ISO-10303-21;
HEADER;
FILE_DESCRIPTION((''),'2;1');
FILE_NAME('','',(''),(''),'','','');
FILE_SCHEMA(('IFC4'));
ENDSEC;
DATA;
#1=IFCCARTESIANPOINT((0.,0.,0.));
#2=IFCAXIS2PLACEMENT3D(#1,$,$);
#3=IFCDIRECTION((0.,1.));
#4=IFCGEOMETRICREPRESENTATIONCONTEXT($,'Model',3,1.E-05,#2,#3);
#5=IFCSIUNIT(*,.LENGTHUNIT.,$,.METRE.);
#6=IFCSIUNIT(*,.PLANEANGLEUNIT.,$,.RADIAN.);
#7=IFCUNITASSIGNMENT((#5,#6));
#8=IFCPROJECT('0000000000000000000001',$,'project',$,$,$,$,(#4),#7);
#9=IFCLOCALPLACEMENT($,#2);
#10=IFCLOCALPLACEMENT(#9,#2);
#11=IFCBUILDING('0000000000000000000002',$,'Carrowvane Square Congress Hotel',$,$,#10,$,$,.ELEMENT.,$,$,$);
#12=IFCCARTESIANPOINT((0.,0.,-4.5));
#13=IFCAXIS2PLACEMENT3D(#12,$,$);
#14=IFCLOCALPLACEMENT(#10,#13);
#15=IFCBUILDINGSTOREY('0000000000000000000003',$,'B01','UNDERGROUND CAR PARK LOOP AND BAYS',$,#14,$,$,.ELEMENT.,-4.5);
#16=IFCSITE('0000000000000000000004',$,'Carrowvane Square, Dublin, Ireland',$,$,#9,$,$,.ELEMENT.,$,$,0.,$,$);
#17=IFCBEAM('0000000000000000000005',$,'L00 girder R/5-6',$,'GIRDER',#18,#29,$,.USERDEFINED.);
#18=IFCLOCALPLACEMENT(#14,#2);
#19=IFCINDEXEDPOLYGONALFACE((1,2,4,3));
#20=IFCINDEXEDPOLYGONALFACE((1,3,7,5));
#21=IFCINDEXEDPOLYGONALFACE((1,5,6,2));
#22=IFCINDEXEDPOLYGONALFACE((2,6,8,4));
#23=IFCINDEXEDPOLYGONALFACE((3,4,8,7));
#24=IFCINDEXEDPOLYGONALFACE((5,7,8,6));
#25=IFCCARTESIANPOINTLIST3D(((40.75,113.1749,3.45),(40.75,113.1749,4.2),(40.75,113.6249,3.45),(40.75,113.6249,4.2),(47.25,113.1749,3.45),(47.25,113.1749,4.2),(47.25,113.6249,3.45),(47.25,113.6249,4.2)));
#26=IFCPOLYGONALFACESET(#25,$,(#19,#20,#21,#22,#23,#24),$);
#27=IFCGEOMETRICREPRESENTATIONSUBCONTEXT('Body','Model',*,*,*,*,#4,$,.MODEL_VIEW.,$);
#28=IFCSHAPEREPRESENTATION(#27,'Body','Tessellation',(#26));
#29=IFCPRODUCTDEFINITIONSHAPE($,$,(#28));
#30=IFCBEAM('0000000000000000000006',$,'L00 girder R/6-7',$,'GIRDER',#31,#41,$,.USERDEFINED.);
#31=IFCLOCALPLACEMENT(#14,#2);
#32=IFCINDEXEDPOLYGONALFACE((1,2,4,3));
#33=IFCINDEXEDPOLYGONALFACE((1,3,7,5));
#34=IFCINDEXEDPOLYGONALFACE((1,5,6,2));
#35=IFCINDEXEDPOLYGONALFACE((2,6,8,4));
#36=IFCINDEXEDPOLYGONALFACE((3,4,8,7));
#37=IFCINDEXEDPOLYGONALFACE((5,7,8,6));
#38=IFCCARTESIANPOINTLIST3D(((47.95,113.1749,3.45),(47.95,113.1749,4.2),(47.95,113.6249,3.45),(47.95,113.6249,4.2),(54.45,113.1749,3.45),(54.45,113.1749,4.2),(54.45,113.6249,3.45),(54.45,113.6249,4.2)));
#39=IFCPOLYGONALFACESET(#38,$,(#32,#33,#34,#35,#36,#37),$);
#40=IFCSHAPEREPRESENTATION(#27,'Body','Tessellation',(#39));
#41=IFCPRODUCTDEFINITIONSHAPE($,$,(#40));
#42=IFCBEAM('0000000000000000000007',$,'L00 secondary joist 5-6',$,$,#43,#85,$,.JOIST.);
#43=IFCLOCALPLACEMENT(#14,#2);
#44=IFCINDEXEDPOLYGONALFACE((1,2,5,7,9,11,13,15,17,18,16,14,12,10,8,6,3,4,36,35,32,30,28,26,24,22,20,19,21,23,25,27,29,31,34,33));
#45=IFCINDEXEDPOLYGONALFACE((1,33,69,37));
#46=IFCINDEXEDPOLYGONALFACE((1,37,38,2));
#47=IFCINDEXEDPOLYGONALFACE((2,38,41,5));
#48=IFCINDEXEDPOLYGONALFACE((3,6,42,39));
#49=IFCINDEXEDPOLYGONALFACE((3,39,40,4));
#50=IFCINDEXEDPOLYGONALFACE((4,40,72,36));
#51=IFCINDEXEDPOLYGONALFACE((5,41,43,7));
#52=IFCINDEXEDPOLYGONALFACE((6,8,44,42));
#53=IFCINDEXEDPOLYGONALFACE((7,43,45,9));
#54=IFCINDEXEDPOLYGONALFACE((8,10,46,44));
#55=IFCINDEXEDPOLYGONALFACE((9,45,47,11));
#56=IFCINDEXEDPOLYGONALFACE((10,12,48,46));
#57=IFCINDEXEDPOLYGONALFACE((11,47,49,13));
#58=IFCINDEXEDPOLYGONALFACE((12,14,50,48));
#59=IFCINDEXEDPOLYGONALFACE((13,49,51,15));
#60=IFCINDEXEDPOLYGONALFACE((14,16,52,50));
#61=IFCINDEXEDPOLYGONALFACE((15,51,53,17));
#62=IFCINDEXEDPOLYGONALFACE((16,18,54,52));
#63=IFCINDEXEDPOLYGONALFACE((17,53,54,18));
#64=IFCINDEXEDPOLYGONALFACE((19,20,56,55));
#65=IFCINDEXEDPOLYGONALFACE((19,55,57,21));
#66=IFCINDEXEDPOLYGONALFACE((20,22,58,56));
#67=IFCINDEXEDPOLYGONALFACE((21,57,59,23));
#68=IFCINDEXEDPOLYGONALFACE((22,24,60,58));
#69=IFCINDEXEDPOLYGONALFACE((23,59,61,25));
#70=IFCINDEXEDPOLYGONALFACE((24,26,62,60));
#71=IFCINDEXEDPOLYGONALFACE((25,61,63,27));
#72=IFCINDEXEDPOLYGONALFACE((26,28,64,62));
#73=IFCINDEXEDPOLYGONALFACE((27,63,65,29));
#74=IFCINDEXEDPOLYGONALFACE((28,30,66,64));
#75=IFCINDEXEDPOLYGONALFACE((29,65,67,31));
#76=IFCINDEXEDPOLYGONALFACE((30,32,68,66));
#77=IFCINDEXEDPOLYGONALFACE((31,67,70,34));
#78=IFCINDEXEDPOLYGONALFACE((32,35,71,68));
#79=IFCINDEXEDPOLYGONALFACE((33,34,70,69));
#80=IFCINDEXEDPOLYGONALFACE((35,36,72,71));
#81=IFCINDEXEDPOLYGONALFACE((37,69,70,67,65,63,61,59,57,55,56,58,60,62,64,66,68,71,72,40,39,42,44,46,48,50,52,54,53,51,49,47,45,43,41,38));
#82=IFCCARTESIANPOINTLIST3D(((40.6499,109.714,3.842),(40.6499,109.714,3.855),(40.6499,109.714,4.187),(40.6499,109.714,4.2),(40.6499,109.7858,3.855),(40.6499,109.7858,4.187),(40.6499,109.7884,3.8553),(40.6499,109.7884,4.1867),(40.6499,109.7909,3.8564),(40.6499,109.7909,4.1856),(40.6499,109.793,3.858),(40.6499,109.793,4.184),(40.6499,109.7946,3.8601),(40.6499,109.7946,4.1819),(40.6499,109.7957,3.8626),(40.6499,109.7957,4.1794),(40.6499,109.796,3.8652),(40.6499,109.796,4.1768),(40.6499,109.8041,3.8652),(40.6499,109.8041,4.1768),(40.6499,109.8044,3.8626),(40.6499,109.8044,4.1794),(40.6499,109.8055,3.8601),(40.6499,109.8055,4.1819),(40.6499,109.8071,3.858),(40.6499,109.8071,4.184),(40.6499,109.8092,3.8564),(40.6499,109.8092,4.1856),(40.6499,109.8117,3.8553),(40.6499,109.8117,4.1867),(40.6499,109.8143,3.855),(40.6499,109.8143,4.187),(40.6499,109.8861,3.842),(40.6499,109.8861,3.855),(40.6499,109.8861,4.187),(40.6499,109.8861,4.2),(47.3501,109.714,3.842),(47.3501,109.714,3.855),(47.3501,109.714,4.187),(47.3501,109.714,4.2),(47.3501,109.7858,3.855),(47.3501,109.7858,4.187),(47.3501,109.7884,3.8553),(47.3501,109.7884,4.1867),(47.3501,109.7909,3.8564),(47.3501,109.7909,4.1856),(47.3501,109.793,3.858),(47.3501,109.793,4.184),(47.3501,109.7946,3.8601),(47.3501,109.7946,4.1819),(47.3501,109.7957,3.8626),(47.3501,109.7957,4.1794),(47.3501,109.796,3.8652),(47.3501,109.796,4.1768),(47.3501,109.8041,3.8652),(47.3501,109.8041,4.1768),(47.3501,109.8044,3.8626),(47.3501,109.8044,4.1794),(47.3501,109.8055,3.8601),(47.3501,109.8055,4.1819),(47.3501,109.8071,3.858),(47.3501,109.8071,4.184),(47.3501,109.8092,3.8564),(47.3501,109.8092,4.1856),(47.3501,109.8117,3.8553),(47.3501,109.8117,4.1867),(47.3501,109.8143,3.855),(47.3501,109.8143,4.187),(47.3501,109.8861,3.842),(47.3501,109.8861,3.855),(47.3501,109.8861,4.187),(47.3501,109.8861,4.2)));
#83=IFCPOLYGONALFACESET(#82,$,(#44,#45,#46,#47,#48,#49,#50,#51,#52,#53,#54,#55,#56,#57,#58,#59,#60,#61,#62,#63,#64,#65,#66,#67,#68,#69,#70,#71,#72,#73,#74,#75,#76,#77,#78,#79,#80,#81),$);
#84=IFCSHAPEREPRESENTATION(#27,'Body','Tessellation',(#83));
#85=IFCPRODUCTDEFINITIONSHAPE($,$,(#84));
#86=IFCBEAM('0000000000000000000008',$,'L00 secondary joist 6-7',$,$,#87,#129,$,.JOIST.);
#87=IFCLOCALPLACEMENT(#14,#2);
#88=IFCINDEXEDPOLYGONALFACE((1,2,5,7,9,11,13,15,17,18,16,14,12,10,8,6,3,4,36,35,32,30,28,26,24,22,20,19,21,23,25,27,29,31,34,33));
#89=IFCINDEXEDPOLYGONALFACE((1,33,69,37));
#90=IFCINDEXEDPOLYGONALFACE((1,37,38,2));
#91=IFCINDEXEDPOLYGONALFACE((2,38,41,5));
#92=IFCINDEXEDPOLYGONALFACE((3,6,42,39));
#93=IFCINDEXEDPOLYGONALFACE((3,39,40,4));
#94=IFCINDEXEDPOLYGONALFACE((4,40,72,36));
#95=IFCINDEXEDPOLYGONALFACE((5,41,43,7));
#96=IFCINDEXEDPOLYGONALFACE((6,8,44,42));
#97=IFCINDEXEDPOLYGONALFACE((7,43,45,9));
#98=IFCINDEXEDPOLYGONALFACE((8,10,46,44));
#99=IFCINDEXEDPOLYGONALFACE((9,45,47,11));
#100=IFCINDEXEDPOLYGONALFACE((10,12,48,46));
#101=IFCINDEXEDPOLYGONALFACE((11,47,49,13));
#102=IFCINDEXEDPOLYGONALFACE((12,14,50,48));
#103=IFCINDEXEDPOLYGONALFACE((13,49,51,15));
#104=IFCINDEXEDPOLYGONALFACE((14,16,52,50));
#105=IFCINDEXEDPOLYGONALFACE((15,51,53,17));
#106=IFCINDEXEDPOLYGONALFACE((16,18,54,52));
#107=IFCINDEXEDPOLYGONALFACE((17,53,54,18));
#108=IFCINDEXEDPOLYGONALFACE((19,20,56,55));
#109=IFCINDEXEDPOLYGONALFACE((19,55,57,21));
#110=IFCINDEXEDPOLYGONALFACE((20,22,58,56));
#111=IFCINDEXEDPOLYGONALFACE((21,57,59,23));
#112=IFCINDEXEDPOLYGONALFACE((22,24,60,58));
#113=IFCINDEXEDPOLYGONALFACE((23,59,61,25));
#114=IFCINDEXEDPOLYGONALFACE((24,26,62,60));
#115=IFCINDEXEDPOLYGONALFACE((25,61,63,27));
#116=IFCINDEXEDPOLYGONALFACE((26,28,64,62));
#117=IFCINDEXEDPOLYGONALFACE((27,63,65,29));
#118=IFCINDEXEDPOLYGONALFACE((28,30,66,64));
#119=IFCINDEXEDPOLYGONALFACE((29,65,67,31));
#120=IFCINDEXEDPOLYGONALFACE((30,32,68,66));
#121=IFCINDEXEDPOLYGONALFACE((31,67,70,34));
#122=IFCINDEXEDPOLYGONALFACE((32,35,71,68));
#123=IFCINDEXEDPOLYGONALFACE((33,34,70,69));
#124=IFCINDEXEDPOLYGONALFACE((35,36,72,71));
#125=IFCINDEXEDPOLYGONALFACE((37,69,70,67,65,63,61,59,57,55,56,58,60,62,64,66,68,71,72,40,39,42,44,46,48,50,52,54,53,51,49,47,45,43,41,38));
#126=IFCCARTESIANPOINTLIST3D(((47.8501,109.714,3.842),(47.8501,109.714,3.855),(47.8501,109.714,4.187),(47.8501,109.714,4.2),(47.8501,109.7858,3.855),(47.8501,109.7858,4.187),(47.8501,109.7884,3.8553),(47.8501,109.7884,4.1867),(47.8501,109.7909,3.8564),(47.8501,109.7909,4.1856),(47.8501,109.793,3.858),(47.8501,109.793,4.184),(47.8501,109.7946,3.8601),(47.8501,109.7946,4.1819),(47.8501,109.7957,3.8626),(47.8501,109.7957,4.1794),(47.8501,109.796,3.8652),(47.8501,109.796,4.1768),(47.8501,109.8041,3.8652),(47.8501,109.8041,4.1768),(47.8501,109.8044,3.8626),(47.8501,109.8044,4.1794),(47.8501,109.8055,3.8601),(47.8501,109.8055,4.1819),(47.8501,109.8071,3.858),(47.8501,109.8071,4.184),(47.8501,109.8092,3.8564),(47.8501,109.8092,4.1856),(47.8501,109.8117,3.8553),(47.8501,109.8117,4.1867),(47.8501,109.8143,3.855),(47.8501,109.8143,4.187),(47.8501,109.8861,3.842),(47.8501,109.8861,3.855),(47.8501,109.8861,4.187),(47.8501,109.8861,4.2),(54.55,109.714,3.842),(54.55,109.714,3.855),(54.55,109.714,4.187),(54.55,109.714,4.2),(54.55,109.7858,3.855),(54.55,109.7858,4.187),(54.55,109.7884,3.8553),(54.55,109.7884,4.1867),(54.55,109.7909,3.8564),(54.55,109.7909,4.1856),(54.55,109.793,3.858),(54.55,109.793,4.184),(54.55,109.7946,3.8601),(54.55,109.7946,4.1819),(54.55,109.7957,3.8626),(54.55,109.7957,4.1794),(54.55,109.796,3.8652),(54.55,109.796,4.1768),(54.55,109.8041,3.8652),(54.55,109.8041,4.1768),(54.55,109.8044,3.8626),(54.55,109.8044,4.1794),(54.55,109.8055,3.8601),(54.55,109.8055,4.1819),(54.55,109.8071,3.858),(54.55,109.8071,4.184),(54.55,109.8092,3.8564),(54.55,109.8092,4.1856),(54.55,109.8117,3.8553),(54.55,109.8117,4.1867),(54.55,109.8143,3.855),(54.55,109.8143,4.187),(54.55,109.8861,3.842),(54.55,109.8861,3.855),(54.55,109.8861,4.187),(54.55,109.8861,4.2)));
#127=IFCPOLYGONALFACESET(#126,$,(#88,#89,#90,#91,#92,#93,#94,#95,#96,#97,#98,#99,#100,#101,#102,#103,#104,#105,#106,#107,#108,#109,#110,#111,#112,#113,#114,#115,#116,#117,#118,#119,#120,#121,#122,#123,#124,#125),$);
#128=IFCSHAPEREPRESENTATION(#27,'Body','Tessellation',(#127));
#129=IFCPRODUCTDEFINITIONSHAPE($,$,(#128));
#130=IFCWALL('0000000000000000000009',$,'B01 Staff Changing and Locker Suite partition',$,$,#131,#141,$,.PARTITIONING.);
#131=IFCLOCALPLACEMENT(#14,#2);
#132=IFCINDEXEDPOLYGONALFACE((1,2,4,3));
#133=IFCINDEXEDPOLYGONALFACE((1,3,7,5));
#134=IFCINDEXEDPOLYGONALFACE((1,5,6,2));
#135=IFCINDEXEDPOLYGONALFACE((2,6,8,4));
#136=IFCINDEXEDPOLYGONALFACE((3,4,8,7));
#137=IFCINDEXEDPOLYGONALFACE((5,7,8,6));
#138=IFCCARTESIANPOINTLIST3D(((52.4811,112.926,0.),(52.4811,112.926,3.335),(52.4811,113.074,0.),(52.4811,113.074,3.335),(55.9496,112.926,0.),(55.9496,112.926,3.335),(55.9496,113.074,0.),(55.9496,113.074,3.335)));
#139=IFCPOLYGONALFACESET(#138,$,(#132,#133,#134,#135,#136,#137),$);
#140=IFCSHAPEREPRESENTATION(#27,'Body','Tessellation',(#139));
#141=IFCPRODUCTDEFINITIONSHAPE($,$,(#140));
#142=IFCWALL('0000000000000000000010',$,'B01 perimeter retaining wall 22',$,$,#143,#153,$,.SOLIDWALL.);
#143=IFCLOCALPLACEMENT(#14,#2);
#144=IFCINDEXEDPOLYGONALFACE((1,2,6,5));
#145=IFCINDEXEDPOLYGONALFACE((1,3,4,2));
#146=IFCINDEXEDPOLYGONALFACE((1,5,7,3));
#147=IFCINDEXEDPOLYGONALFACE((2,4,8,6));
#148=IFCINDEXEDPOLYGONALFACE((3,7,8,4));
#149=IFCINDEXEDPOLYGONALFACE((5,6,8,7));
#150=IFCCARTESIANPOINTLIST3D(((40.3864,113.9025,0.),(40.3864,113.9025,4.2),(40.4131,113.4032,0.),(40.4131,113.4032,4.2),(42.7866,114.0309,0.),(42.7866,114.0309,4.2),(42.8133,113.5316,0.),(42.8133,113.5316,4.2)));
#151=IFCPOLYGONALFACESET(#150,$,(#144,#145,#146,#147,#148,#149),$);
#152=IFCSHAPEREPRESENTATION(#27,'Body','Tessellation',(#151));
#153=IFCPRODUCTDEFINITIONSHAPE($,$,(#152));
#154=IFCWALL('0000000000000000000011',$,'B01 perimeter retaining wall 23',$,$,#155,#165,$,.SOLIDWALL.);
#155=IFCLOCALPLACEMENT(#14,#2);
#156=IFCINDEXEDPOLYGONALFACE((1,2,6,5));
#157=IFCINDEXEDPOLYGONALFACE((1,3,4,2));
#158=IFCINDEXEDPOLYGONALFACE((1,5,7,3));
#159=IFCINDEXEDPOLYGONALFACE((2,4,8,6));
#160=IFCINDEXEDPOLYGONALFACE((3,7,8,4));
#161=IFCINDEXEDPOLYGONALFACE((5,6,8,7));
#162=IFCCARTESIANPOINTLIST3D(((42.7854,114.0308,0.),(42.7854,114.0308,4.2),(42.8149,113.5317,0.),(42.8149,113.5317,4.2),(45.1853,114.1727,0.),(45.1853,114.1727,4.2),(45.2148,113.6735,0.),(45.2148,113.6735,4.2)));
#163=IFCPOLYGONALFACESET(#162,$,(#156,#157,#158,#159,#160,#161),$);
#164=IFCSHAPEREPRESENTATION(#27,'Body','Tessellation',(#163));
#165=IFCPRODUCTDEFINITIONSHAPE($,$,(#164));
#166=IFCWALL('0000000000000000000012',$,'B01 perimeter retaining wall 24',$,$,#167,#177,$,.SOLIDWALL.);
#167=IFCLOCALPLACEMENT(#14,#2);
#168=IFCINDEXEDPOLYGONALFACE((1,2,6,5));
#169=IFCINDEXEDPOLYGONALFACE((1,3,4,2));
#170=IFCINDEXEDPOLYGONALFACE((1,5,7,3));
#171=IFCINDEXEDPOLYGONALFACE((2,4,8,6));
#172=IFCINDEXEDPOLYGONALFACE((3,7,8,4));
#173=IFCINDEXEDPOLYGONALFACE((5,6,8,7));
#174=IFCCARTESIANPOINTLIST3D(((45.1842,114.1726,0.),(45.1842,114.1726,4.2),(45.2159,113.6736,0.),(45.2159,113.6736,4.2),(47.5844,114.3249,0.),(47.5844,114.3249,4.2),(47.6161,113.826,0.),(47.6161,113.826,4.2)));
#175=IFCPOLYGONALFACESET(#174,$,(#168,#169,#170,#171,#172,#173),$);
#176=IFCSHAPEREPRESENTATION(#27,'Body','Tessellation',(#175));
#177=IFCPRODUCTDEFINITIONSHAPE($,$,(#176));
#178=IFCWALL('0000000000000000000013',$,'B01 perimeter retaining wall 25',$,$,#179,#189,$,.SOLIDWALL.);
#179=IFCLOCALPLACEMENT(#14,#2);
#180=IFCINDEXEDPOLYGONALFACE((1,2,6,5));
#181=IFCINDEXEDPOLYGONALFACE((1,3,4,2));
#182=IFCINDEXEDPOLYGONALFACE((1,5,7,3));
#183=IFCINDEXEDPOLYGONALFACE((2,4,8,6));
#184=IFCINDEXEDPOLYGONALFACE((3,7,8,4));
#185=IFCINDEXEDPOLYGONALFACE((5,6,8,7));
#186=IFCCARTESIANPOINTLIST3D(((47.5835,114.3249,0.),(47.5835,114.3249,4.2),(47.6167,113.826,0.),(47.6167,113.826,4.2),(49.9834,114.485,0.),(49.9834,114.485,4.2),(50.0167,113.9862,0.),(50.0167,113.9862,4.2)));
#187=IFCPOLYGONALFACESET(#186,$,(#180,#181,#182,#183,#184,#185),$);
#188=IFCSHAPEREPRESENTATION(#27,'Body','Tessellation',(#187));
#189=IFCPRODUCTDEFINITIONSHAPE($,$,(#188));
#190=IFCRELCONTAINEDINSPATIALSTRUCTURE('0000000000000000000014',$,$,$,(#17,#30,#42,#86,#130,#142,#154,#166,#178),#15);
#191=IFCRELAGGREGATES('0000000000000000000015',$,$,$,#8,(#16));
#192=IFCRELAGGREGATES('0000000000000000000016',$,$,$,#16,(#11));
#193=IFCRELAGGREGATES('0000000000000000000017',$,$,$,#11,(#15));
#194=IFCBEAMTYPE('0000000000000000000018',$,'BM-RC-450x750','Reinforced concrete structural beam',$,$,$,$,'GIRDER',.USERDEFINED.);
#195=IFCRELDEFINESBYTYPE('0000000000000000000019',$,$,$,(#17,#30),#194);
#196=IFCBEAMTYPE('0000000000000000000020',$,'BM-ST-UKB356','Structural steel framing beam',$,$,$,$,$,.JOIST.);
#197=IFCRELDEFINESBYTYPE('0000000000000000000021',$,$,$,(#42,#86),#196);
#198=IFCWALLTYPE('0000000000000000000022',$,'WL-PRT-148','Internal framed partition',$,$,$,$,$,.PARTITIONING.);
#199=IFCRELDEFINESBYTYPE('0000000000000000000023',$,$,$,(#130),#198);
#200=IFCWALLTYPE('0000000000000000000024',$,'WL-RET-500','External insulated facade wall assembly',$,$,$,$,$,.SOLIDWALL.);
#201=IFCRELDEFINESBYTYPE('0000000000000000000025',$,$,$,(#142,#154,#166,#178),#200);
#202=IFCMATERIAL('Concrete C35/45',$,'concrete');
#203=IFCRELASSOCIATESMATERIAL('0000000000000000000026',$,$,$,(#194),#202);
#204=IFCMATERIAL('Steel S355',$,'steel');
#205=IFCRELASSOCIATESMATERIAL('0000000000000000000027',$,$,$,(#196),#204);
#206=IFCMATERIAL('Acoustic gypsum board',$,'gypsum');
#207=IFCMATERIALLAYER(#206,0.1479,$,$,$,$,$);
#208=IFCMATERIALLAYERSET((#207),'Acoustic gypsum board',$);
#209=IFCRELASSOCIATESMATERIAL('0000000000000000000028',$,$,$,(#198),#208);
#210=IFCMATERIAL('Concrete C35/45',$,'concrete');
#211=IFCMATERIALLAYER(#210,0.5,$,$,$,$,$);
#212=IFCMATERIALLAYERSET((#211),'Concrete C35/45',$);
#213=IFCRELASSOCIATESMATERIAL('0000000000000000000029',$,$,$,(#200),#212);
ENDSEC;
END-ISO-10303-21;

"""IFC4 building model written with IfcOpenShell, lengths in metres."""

from ifc_helpers import new_model, si_unit, direction, frame, frame_2d, origin, origin_2d, place, context, subcontext, project, spatial, rectangle, i_section, extrude, material, layer, layer_set, material_profile, profile_set, type_object, element, save


model = new_model("IFC4")

# Units and contexts
model_context = context("Model", 3, precision=1e-05, world=origin(), true_north=direction((0.0, 1.0)))
body_context = subcontext(model_context, "Body", "Model", "MODEL_VIEW")
ifc_project = project(units=[si_unit("LENGTHUNIT", "METRE"), si_unit("PLANEANGLEUNIT", "RADIAN")], contexts=[model_context])

# Site, building, storey
site_placement = place(None, origin())
site = spatial("IfcSite", under=ifc_project, at=site_placement, Name="Carrowvane Square, Dublin, Ireland", CompositionType="ELEMENT", RefElevation=0.0)
building_placement = place(site_placement, origin())
building = spatial("IfcBuilding", under=site, at=building_placement, Name="Carrowvane Square Congress Hotel", CompositionType="ELEMENT")
storey_placement = place(building_placement, frame((0.0, 0.0, -4.5)))
storey = spatial("IfcBuildingStorey", under=building, at=storey_placement, Name="B01", Description="UNDERGROUND CAR PARK LOOP AND BAYS", CompositionType="ELEMENT", Elevation=-4.5)

# Beams
ifc_material_1 = material(Name="Concrete C35/45", Category="concrete")
ifc_material_profile_1 = material_profile(ifc_material_1, rectangle(XDim=0.45, YDim=0.75, at=origin_2d()), Name="RC 450x750")
ifc_profile_set_1 = profile_set([ifc_material_profile_1], Name="Concrete C35/45")
beam_type_1 = type_object("IfcBeamType", Name="BM-RC-450x750", Description="Reinforced concrete structural beam", ElementType="GIRDER", PredefinedType="USERDEFINED", material=ifc_profile_set_1)
for number, where, z_axis, x_axis, name in (
    (1, (40.75, 113.3999, 3.825), (1.0, 0.0, 0.0), (0.0, 1.0, 0.0), "L00 girder R/5-6"),
    (2, (47.95, 113.3999, 3.825), (1.0, 0.0, 0.0), (0.0, 1.0, 0.0), "L00 girder R/6-7"),
):
    element("IfcBeam", number, at=place(storey_placement, frame(where, z_axis=z_axis, x_axis=x_axis)), inside=storey, type_object=beam_type_1, Name=name, ObjectType="GIRDER", PredefinedType="USERDEFINED", context=body_context, shape_type="SweptSolid", body=[
        extrude(rectangle(XDim=0.45, YDim=0.75, at=origin_2d()), origin(), (0.0, 0.0, 1.0), 6.5),
    ])
ifc_material_2 = material(Name="Steel S355", Category="steel")
ifc_material_profile_2 = material_profile(ifc_material_2, i_section(OverallWidth=0.1721, OverallDepth=0.3579, WebThickness=0.0081, FlangeThickness=0.0129, FilletRadius=0.0103, at=origin_2d()), Name="UKB 356x171x57")
ifc_profile_set_2 = profile_set([ifc_material_profile_2], Name="Steel S355")
beam_type_2 = type_object("IfcBeamType", Name="BM-ST-UKB356", Description="Structural steel framing beam", PredefinedType="JOIST", material=ifc_profile_set_2)
beam_1_placement = place(storey_placement, frame((40.6499, 109.8, 4.021), z_axis=(1.0, 0.0, 0.0), x_axis=(0.0, 1.0, 0.0)))
element("IfcBeam", 3, at=beam_1_placement, inside=storey, type_object=beam_type_2, Name="L00 secondary joist 5-6", PredefinedType="JOIST", context=body_context, shape_type="SweptSolid", body=[
    extrude(i_section(OverallWidth=0.1721, OverallDepth=0.3579, WebThickness=0.0081, FlangeThickness=0.0129, FilletRadius=0.0103, at=origin_2d()), origin(), (0.0, 0.0, 1.0), 6.7002),
])
beam_2_placement = place(storey_placement, frame((47.8501, 109.8, 4.021), z_axis=(1.0, 0.0, 0.0), x_axis=(0.0, 1.0, 0.0)))
element("IfcBeam", 4, at=beam_2_placement, inside=storey, type_object=beam_type_2, Name="L00 secondary joist 6-7", PredefinedType="JOIST", context=body_context, shape_type="SweptSolid", body=[
    extrude(i_section(OverallWidth=0.1721, OverallDepth=0.3579, WebThickness=0.0081, FlangeThickness=0.0129, FilletRadius=0.0103, at=origin_2d()), origin(), (0.0, 0.0, 1.0), 6.7),
])

# Walls
ifc_material_3 = material(Name="Acoustic gypsum board", Category="gypsum")
ifc_layer_1 = layer(ifc_material_3, 0.1479)
ifc_layer_set_1 = layer_set([ifc_layer_1], Name="Acoustic gypsum board")
wall_type_1 = type_object("IfcWallType", Name="WL-PRT-148", Description="Internal framed partition", PredefinedType="PARTITIONING", material=ifc_layer_set_1)
wall_1_placement = place(storey_placement, frame((52.481, 113.0, 0.0), z_axis=(0.0, 0.0, 1.0), x_axis=(1.0, 0.0, 0.0)))
element("IfcWall", 5, at=wall_1_placement, inside=storey, type_object=wall_type_1, Name="B01 Staff Changing and Locker Suite partition", PredefinedType="PARTITIONING", context=body_context, shape_type="SweptSolid", body=[
    extrude(rectangle(XDim=3.4685, YDim=0.1479, at=frame_2d((1.7344, 0.0))), origin(), (0.0, 0.0, 1.0), 3.335),
])
ifc_material_4 = material(Name="Concrete C35/45", Category="concrete")
ifc_layer_2 = layer(ifc_material_4, 0.5)
ifc_layer_set_2 = layer_set([ifc_layer_2], Name="Concrete C35/45")
wall_type_2 = type_object("IfcWallType", Name="WL-RET-500", Description="External insulated facade wall assembly", PredefinedType="SOLIDWALL", material=ifc_layer_set_2)
wall_2_placement = place(storey_placement, frame((40.3999, 113.6528, 0.0), z_axis=(0.0, 0.0, 1.0), x_axis=(0.998572, 0.053428, 0.0)))
element("IfcWall", 6, at=wall_2_placement, inside=storey, type_object=wall_type_2, Name="B01 perimeter retaining wall 22", PredefinedType="SOLIDWALL", context=body_context, shape_type="SweptSolid", body=[
    extrude(rectangle(XDim=2.4036, YDim=0.5, at=frame_2d((1.2017, 0.0))), origin(), (0.0, 0.0, 1.0), 4.2),
])
wall_3_placement = place(storey_placement, frame((42.8, 113.7812, 0.0), z_axis=(0.0, 0.0, 1.0), x_axis=(0.998258, 0.059002, 0.0)))
element("IfcWall", 7, at=wall_3_placement, inside=storey, type_object=wall_type_2, Name="B01 perimeter retaining wall 23", PredefinedType="SOLIDWALL", context=body_context, shape_type="SweptSolid", body=[
    extrude(rectangle(XDim=2.4041, YDim=0.5, at=frame_2d((1.2021, 0.0))), origin(), (0.0, 0.0, 1.0), 4.2),
])
wall_4_placement = place(storey_placement, frame((45.2, 113.9231, 0.0), z_axis=(0.0, 0.0, 1.0), x_axis=(0.997992, 0.063345, 0.0)))
element("IfcWall", 8, at=wall_4_placement, inside=storey, type_object=wall_type_2, Name="B01 perimeter retaining wall 24", PredefinedType="SOLIDWALL", context=body_context, shape_type="SweptSolid", body=[
    extrude(rectangle(XDim=2.405, YDim=0.5, at=frame_2d((1.2026, 0.0))), origin(), (0.0, 0.0, 1.0), 4.2),
])
wall_5_placement = place(storey_placement, frame((47.6001, 114.0754, 0.0), z_axis=(0.0, 0.0, 1.0), x_axis=(0.997781, 0.066586, 0.0)))
element("IfcWall", 9, at=wall_5_placement, inside=storey, type_object=wall_type_2, Name="B01 perimeter retaining wall 25", PredefinedType="SOLIDWALL", context=body_context, shape_type="SweptSolid", body=[
    extrude(rectangle(XDim=2.4053, YDim=0.5, at=frame_2d((1.2026, 0.0))), origin(), (0.0, 0.0, 1.0), 4.2),
])

save(model, "model.ifc")
